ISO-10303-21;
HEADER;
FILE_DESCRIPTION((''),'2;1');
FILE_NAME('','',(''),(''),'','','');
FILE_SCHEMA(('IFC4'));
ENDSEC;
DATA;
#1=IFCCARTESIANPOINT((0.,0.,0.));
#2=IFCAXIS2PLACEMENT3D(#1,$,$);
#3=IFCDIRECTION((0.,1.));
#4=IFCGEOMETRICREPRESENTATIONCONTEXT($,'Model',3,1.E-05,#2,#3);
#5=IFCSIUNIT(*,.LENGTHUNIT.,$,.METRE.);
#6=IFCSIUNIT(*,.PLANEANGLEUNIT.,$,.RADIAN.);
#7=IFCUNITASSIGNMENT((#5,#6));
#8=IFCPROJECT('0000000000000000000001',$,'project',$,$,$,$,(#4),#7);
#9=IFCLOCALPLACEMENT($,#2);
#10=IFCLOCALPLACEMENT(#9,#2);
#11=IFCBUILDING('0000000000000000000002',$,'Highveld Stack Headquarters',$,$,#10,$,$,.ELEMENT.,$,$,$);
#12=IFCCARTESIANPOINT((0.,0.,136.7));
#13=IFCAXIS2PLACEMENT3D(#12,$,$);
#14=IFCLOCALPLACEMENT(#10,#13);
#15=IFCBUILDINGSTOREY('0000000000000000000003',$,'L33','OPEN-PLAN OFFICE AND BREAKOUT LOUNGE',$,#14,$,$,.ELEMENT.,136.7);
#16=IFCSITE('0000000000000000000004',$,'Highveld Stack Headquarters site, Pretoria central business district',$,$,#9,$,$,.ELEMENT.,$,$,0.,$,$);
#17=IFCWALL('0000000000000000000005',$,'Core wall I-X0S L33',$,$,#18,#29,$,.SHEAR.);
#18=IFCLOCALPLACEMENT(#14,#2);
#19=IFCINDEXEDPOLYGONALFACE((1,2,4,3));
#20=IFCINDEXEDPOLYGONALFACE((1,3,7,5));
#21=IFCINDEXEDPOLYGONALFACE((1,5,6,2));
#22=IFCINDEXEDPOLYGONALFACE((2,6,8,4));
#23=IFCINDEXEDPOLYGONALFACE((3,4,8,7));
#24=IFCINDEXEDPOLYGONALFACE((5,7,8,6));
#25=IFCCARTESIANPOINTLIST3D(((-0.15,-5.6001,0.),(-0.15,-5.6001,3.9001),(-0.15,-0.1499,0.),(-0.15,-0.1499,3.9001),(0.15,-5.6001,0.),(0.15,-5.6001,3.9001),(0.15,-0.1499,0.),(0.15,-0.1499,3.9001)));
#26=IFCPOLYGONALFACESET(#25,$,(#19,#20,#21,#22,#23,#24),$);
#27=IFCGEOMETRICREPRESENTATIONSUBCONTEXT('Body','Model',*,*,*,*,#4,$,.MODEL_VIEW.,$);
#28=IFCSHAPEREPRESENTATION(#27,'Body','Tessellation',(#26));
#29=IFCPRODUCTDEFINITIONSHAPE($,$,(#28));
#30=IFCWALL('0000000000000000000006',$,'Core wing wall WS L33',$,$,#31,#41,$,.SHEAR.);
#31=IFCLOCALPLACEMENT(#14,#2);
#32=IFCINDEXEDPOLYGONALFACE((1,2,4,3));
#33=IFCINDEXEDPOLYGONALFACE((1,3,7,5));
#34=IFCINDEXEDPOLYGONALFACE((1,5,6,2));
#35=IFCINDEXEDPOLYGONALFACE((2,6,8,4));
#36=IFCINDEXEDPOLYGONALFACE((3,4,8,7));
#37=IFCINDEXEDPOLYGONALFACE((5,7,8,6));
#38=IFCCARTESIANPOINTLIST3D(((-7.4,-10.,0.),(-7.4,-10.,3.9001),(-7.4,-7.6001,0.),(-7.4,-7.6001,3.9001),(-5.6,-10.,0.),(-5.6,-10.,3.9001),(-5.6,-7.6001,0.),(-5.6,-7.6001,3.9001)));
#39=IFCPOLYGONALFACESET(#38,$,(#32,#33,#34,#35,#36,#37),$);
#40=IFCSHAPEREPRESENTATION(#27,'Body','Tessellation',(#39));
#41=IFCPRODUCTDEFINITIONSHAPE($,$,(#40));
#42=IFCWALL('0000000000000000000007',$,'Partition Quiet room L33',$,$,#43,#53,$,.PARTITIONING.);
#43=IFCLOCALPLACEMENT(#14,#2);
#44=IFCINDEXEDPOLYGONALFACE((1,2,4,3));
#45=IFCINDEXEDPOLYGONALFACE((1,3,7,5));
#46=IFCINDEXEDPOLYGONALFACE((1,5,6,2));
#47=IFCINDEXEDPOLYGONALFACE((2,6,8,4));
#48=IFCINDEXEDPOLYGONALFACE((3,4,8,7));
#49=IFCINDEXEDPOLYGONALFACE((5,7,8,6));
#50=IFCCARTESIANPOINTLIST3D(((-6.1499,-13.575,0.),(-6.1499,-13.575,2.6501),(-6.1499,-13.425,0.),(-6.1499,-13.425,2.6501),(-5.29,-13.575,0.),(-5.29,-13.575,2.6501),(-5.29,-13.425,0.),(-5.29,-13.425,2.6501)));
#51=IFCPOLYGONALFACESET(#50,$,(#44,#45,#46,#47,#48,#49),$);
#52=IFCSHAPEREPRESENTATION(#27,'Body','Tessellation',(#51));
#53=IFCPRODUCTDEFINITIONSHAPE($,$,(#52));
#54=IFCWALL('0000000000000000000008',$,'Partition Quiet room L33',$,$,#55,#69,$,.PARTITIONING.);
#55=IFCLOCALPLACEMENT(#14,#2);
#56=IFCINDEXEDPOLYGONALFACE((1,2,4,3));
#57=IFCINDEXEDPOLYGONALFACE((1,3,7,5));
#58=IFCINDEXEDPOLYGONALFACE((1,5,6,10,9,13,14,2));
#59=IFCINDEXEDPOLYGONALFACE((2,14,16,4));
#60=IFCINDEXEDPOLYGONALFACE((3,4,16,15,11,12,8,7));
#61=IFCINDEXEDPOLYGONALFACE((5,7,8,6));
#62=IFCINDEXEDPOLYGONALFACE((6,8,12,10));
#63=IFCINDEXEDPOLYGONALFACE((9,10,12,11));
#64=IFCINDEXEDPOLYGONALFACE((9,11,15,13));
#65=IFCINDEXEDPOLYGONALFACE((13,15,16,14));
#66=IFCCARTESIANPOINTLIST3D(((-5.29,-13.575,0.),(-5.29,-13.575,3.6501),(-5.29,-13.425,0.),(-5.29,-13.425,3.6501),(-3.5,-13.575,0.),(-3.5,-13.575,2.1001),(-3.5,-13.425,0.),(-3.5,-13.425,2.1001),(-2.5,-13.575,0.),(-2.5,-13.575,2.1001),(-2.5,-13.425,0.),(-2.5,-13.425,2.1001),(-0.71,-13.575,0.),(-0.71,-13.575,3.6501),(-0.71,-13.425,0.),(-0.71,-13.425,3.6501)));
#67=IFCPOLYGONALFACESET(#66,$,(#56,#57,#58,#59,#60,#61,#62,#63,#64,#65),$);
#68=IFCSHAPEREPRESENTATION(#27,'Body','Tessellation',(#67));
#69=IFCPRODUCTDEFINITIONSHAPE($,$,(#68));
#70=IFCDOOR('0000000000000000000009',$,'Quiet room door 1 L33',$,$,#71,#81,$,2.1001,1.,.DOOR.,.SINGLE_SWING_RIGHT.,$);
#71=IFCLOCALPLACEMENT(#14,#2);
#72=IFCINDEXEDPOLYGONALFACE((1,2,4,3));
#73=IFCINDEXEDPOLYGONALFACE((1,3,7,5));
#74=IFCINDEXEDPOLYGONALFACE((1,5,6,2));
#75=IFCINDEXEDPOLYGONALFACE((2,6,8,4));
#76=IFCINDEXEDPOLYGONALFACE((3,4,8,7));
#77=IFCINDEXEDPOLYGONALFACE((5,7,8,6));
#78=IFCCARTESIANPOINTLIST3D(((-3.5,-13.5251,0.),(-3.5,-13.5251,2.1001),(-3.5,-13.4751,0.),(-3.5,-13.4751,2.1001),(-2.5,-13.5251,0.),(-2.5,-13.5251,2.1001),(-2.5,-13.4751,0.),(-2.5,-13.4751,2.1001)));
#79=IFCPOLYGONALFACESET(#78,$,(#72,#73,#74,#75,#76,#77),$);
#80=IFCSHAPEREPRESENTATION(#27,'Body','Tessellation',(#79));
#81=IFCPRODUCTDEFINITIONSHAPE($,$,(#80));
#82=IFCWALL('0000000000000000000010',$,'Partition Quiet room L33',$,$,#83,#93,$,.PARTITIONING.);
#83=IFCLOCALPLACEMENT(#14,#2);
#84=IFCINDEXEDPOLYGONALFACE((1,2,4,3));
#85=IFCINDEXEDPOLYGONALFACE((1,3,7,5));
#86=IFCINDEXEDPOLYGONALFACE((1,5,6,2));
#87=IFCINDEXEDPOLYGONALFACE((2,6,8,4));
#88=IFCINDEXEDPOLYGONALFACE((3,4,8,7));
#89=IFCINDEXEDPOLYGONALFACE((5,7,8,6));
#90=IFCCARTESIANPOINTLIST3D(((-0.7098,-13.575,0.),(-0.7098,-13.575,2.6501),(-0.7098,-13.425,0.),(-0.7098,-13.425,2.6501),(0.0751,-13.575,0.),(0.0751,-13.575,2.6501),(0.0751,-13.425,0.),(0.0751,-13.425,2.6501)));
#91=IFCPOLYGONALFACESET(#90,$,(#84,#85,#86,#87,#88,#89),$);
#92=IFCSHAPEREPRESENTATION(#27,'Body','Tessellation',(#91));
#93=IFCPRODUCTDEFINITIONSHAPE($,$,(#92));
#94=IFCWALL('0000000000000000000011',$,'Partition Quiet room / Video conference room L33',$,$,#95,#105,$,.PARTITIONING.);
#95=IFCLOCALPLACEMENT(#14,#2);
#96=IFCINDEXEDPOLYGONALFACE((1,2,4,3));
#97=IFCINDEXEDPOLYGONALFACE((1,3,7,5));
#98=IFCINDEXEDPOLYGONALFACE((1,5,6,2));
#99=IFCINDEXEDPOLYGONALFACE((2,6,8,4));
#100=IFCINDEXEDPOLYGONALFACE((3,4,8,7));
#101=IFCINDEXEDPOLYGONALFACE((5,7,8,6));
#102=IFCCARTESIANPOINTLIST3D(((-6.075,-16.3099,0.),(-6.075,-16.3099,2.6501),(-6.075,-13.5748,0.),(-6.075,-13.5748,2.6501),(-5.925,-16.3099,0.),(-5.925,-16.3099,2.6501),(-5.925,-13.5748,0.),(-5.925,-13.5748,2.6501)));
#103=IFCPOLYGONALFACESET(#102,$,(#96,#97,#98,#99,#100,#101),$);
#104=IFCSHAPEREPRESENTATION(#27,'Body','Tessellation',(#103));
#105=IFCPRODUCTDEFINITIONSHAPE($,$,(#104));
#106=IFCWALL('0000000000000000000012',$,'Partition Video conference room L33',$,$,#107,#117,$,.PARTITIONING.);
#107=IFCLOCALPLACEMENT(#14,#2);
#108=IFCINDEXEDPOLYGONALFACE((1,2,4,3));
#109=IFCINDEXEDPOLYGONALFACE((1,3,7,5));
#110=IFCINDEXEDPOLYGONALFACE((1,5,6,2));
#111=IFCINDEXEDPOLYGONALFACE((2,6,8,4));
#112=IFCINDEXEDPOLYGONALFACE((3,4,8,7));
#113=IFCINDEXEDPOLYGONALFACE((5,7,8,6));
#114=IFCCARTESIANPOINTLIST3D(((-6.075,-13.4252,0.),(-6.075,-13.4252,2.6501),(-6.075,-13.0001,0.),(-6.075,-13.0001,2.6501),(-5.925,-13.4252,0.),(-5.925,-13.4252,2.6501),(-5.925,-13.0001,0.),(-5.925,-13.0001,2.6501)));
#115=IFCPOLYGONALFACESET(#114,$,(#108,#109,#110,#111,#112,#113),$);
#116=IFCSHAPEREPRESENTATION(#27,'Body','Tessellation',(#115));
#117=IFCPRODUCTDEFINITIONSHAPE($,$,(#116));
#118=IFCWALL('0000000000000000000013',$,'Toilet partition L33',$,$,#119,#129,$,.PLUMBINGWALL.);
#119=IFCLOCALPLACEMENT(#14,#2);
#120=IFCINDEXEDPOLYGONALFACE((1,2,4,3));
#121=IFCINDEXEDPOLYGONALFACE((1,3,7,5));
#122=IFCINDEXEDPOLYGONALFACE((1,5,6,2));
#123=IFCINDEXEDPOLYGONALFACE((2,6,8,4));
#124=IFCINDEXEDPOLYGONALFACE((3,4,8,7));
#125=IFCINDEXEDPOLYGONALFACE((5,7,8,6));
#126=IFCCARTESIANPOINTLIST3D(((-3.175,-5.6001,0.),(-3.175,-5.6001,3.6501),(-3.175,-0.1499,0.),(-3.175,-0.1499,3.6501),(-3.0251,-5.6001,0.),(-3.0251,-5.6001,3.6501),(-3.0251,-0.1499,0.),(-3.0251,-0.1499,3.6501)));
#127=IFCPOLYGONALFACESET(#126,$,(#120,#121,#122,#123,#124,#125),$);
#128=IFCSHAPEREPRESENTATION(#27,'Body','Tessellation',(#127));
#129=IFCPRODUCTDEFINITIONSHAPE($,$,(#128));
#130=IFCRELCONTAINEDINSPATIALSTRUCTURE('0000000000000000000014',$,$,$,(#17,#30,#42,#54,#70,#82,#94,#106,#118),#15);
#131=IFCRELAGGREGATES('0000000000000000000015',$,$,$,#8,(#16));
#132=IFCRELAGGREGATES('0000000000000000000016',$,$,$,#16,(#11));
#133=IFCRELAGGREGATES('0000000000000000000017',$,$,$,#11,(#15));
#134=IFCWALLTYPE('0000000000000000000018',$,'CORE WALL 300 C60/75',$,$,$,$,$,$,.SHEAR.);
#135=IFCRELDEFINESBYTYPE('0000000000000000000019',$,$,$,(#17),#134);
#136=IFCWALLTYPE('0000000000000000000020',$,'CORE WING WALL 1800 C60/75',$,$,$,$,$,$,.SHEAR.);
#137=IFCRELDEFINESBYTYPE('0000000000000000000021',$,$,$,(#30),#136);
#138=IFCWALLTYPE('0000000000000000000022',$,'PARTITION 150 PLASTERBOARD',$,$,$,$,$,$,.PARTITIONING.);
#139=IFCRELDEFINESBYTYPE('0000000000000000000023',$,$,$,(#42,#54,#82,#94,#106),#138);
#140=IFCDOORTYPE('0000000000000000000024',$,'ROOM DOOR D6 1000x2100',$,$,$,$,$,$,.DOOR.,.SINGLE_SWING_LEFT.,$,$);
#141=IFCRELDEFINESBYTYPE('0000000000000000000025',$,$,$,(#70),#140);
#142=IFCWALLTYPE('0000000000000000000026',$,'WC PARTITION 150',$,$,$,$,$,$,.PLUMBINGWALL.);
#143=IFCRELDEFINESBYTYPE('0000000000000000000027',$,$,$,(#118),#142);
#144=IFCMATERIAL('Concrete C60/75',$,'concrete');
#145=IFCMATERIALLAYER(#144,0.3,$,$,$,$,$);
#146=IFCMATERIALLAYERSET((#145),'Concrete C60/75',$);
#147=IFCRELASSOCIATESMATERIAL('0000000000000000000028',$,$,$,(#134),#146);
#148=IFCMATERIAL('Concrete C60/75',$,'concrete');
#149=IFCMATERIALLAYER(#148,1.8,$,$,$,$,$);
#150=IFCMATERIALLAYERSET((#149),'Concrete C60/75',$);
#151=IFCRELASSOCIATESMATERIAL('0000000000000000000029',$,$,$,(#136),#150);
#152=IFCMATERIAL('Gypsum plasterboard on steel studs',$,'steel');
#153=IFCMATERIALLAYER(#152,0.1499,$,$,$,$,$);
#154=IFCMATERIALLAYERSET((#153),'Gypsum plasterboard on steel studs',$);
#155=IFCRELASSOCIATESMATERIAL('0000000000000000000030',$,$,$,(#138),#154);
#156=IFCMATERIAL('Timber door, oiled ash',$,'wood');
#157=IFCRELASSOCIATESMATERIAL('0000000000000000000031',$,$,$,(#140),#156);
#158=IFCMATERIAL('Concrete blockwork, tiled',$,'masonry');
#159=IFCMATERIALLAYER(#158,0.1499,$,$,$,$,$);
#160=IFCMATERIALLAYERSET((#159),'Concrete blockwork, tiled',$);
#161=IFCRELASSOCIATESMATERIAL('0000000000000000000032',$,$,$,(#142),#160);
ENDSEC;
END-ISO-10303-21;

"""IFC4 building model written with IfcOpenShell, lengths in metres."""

from ifc_helpers import new_model, si_unit, direction, frame, frame_2d, origin, place, context, subcontext, project, spatial, rectangle, extrude, material, layer, layer_set, type_object, element, fill, save


model = new_model("IFC4")

# Units and contexts
model_context = context("Model", 3, precision=1e-05, world=origin(), true_north=direction((0.0, 1.0)))
body_context = subcontext(model_context, "Body", "Model", "MODEL_VIEW")
ifc_project = project(units=[si_unit("LENGTHUNIT", "METRE"), si_unit("PLANEANGLEUNIT", "RADIAN")], contexts=[model_context])

# Site, building, storey
site_placement = place(None, origin())
site = spatial("IfcSite", under=ifc_project, at=site_placement, Name="Highveld Stack Headquarters site, Pretoria central business district", CompositionType="ELEMENT", RefElevation=0.0)
building_placement = place(site_placement, origin())
building = spatial("IfcBuilding", under=site, at=building_placement, Name="Highveld Stack Headquarters", CompositionType="ELEMENT")
storey_placement = place(building_placement, frame((0.0, 0.0, 136.7)))
storey = spatial("IfcBuildingStorey", under=building, at=storey_placement, Name="L33", Description="OPEN-PLAN OFFICE AND BREAKOUT LOUNGE", CompositionType="ELEMENT", Elevation=136.7)

# Shared definitions
ifc_material_1 = material(Name="Concrete C60/75", Category="concrete")
ifc_layer_1 = layer(ifc_material_1, 0.3)
ifc_layer_set_1 = layer_set([ifc_layer_1], Name="Concrete C60/75")
wall_type_1 = type_object("IfcWallType", Name="CORE WALL 300 C60/75", PredefinedType="SHEAR", material=ifc_layer_set_1)

# Walls
wall_1_placement = place(storey_placement, frame((0.0, -5.6001, 0.0), z_axis=(0.0, 0.0, 1.0), x_axis=(0.0, 1.0, 0.0)))
element("IfcWall", 1, at=wall_1_placement, inside=storey, type_object=wall_type_1, Name="Core wall I-X0S L33", PredefinedType="SHEAR", context=body_context, shape_type="SweptSolid", body=[
    extrude(rectangle(XDim=5.4502, YDim=0.3, at=frame_2d((2.7251, 0.0))), origin(), (0.0, 0.0, 1.0), 3.9001),
])
ifc_material_2 = material(Name="Concrete C60/75", Category="concrete")
ifc_layer_2 = layer(ifc_material_2, 1.8)
ifc_layer_set_2 = layer_set([ifc_layer_2], Name="Concrete C60/75")
wall_type_2 = type_object("IfcWallType", Name="CORE WING WALL 1800 C60/75", PredefinedType="SHEAR", material=ifc_layer_set_2)
wall_2_placement = place(storey_placement, frame((-6.5, -10.0, 0.0), z_axis=(0.0, 0.0, 1.0), x_axis=(0.0, 1.0, 0.0)))
element("IfcWall", 2, at=wall_2_placement, inside=storey, type_object=wall_type_2, Name="Core wing wall WS L33", PredefinedType="SHEAR", context=body_context, shape_type="SweptSolid", body=[
    extrude(rectangle(XDim=2.3999, YDim=1.8, at=frame_2d((1.2, 0.0))), origin(), (0.0, 0.0, 1.0), 3.9001),
])
ifc_material_3 = material(Name="Gypsum plasterboard on steel studs", Category="steel")
ifc_layer_3 = layer(ifc_material_3, 0.1499)
ifc_layer_set_3 = layer_set([ifc_layer_3], Name="Gypsum plasterboard on steel studs")
wall_type_3 = type_object("IfcWallType", Name="PARTITION 150 PLASTERBOARD", PredefinedType="PARTITIONING", material=ifc_layer_set_3)
wall_3_placement = place(storey_placement, frame((-6.1499, -13.5, 0.0), z_axis=(0.0, 0.0, 1.0), x_axis=(1.0, 0.0, 0.0)))
element("IfcWall", 3, at=wall_3_placement, inside=storey, type_object=wall_type_3, Name="Partition Quiet room L33", PredefinedType="PARTITIONING", context=body_context, shape_type="SweptSolid", body=[
    extrude(rectangle(XDim=0.8599, YDim=0.1499, at=frame_2d((0.4299, 0.0))), origin(), (0.0, 0.0, 1.0), 2.6501),
])

# Wall, opening, door
wall_4_placement = place(storey_placement, frame((-5.29, -13.5, 0.0), z_axis=(0.0, 0.0, 1.0), x_axis=(1.0, 0.0, 0.0)))
wall_4 = element("IfcWall", 4, at=wall_4_placement, inside=storey, type_object=wall_type_3, Name="Partition Quiet room L33", PredefinedType="PARTITIONING", context=body_context, shape_type="SweptSolid", body=[
    extrude(rectangle(XDim=4.5801, YDim=0.1499, at=frame_2d((2.29, 0.0))), origin(), (0.0, 0.0, 1.0), 3.6501),
])
opening_1_placement = place(wall_4_placement, frame((1.79, 0.0, 0.0)))
opening_1 = element("IfcOpeningElement", 5, at=opening_1_placement, cuts=wall_4, PredefinedType="OPENING", context=body_context, shape_type="SweptSolid", body=[
    extrude(rectangle(XDim=1.0, YDim=2.1001, at=frame_2d((0.5, 1.05))), frame((0.0, 0.085, 0.0), z_axis=(0.0, -1.0, 0.0), x_axis=(1.0, 0.0, 0.0)), (0.0, 0.0, 1.0), 0.1699),
])
ifc_material_4 = material(Name="Timber door, oiled ash", Category="wood")
door_type_1 = type_object("IfcDoorType", Name="ROOM DOOR D6 1000x2100", OperationType="SINGLE_SWING_LEFT", PredefinedType="DOOR", material=ifc_material_4)
door_1_placement = place(opening_1_placement, origin())
door_1 = element("IfcDoor", 6, at=door_1_placement, inside=storey, type_object=door_type_1, Name="Quiet room door 1 L33", OperationType="SINGLE_SWING_RIGHT", OverallHeight=2.1001, OverallWidth=1.0, PredefinedType="DOOR", context=body_context, shape_type="SweptSolid", body=[
    extrude(rectangle(XDim=1.0, YDim=2.1001, at=frame_2d((0.5, 1.05))), frame((0.0, 0.0249, 0.0), z_axis=(0.0, -1.0, 0.0), x_axis=(1.0, 0.0, 0.0)), (0.0, 0.0, 1.0), 0.05),
])
fill(opening_1, door_1)

# Walls
wall_5_placement = place(storey_placement, frame((-0.71, -13.5, 0.0), z_axis=(0.0, 0.0, 1.0), x_axis=(1.0, 0.0, 0.0)))
element("IfcWall", 7, at=wall_5_placement, inside=storey, type_object=wall_type_3, Name="Partition Quiet room L33", PredefinedType="PARTITIONING", context=body_context, shape_type="SweptSolid", body=[
    extrude(rectangle(XDim=0.7849, YDim=0.1499, at=frame_2d((0.3926, 0.0))), origin(), (0.0, 0.0, 1.0), 2.6501),
])
wall_6_placement = place(storey_placement, frame((-6.0, -16.3101, 0.0), z_axis=(0.0, 0.0, 1.0), x_axis=(0.0, 1.0, 0.0)))
element("IfcWall", 8, at=wall_6_placement, inside=storey, type_object=wall_type_3, Name="Partition Quiet room / Video conference room L33", PredefinedType="PARTITIONING", context=body_context, shape_type="SweptSolid", body=[
    extrude(rectangle(XDim=2.7351, YDim=0.1499, at=frame_2d((1.3677, 0.0))), origin(), (0.0, 0.0, 1.0), 2.6501),
])
wall_7_placement = place(storey_placement, frame((-6.0, -13.425, 0.0), z_axis=(0.0, 0.0, 1.0), x_axis=(0.0, 1.0, 0.0)))
element("IfcWall", 9, at=wall_7_placement, inside=storey, type_object=wall_type_3, Name="Partition Video conference room L33", PredefinedType="PARTITIONING", context=body_context, shape_type="SweptSolid", body=[
    extrude(rectangle(XDim=0.425, YDim=0.1499, at=frame_2d((0.2124, 0.0))), origin(), (0.0, 0.0, 1.0), 2.6501),
])
ifc_material_5 = material(Name="Concrete blockwork, tiled", Category="masonry")
ifc_layer_4 = layer(ifc_material_5, 0.1499)
ifc_layer_set_4 = layer_set([ifc_layer_4], Name="Concrete blockwork, tiled")
wall_type_4 = type_object("IfcWallType", Name="WC PARTITION 150", PredefinedType="PLUMBINGWALL", material=ifc_layer_set_4)
wall_8_placement = place(storey_placement, frame((-3.1001, -5.6001, 0.0), z_axis=(0.0, 0.0, 1.0), x_axis=(0.0, 1.0, 0.0)))
element("IfcWall", 10, at=wall_8_placement, inside=storey, type_object=wall_type_4, Name="Toilet partition L33", PredefinedType="PLUMBINGWALL", context=body_context, shape_type="SweptSolid", body=[
    extrude(rectangle(XDim=5.4502, YDim=0.1499, at=frame_2d((2.7251, 0.0))), origin(), (0.0, 0.0, 1.0), 3.6501),
])

save(model, "model.ifc")
